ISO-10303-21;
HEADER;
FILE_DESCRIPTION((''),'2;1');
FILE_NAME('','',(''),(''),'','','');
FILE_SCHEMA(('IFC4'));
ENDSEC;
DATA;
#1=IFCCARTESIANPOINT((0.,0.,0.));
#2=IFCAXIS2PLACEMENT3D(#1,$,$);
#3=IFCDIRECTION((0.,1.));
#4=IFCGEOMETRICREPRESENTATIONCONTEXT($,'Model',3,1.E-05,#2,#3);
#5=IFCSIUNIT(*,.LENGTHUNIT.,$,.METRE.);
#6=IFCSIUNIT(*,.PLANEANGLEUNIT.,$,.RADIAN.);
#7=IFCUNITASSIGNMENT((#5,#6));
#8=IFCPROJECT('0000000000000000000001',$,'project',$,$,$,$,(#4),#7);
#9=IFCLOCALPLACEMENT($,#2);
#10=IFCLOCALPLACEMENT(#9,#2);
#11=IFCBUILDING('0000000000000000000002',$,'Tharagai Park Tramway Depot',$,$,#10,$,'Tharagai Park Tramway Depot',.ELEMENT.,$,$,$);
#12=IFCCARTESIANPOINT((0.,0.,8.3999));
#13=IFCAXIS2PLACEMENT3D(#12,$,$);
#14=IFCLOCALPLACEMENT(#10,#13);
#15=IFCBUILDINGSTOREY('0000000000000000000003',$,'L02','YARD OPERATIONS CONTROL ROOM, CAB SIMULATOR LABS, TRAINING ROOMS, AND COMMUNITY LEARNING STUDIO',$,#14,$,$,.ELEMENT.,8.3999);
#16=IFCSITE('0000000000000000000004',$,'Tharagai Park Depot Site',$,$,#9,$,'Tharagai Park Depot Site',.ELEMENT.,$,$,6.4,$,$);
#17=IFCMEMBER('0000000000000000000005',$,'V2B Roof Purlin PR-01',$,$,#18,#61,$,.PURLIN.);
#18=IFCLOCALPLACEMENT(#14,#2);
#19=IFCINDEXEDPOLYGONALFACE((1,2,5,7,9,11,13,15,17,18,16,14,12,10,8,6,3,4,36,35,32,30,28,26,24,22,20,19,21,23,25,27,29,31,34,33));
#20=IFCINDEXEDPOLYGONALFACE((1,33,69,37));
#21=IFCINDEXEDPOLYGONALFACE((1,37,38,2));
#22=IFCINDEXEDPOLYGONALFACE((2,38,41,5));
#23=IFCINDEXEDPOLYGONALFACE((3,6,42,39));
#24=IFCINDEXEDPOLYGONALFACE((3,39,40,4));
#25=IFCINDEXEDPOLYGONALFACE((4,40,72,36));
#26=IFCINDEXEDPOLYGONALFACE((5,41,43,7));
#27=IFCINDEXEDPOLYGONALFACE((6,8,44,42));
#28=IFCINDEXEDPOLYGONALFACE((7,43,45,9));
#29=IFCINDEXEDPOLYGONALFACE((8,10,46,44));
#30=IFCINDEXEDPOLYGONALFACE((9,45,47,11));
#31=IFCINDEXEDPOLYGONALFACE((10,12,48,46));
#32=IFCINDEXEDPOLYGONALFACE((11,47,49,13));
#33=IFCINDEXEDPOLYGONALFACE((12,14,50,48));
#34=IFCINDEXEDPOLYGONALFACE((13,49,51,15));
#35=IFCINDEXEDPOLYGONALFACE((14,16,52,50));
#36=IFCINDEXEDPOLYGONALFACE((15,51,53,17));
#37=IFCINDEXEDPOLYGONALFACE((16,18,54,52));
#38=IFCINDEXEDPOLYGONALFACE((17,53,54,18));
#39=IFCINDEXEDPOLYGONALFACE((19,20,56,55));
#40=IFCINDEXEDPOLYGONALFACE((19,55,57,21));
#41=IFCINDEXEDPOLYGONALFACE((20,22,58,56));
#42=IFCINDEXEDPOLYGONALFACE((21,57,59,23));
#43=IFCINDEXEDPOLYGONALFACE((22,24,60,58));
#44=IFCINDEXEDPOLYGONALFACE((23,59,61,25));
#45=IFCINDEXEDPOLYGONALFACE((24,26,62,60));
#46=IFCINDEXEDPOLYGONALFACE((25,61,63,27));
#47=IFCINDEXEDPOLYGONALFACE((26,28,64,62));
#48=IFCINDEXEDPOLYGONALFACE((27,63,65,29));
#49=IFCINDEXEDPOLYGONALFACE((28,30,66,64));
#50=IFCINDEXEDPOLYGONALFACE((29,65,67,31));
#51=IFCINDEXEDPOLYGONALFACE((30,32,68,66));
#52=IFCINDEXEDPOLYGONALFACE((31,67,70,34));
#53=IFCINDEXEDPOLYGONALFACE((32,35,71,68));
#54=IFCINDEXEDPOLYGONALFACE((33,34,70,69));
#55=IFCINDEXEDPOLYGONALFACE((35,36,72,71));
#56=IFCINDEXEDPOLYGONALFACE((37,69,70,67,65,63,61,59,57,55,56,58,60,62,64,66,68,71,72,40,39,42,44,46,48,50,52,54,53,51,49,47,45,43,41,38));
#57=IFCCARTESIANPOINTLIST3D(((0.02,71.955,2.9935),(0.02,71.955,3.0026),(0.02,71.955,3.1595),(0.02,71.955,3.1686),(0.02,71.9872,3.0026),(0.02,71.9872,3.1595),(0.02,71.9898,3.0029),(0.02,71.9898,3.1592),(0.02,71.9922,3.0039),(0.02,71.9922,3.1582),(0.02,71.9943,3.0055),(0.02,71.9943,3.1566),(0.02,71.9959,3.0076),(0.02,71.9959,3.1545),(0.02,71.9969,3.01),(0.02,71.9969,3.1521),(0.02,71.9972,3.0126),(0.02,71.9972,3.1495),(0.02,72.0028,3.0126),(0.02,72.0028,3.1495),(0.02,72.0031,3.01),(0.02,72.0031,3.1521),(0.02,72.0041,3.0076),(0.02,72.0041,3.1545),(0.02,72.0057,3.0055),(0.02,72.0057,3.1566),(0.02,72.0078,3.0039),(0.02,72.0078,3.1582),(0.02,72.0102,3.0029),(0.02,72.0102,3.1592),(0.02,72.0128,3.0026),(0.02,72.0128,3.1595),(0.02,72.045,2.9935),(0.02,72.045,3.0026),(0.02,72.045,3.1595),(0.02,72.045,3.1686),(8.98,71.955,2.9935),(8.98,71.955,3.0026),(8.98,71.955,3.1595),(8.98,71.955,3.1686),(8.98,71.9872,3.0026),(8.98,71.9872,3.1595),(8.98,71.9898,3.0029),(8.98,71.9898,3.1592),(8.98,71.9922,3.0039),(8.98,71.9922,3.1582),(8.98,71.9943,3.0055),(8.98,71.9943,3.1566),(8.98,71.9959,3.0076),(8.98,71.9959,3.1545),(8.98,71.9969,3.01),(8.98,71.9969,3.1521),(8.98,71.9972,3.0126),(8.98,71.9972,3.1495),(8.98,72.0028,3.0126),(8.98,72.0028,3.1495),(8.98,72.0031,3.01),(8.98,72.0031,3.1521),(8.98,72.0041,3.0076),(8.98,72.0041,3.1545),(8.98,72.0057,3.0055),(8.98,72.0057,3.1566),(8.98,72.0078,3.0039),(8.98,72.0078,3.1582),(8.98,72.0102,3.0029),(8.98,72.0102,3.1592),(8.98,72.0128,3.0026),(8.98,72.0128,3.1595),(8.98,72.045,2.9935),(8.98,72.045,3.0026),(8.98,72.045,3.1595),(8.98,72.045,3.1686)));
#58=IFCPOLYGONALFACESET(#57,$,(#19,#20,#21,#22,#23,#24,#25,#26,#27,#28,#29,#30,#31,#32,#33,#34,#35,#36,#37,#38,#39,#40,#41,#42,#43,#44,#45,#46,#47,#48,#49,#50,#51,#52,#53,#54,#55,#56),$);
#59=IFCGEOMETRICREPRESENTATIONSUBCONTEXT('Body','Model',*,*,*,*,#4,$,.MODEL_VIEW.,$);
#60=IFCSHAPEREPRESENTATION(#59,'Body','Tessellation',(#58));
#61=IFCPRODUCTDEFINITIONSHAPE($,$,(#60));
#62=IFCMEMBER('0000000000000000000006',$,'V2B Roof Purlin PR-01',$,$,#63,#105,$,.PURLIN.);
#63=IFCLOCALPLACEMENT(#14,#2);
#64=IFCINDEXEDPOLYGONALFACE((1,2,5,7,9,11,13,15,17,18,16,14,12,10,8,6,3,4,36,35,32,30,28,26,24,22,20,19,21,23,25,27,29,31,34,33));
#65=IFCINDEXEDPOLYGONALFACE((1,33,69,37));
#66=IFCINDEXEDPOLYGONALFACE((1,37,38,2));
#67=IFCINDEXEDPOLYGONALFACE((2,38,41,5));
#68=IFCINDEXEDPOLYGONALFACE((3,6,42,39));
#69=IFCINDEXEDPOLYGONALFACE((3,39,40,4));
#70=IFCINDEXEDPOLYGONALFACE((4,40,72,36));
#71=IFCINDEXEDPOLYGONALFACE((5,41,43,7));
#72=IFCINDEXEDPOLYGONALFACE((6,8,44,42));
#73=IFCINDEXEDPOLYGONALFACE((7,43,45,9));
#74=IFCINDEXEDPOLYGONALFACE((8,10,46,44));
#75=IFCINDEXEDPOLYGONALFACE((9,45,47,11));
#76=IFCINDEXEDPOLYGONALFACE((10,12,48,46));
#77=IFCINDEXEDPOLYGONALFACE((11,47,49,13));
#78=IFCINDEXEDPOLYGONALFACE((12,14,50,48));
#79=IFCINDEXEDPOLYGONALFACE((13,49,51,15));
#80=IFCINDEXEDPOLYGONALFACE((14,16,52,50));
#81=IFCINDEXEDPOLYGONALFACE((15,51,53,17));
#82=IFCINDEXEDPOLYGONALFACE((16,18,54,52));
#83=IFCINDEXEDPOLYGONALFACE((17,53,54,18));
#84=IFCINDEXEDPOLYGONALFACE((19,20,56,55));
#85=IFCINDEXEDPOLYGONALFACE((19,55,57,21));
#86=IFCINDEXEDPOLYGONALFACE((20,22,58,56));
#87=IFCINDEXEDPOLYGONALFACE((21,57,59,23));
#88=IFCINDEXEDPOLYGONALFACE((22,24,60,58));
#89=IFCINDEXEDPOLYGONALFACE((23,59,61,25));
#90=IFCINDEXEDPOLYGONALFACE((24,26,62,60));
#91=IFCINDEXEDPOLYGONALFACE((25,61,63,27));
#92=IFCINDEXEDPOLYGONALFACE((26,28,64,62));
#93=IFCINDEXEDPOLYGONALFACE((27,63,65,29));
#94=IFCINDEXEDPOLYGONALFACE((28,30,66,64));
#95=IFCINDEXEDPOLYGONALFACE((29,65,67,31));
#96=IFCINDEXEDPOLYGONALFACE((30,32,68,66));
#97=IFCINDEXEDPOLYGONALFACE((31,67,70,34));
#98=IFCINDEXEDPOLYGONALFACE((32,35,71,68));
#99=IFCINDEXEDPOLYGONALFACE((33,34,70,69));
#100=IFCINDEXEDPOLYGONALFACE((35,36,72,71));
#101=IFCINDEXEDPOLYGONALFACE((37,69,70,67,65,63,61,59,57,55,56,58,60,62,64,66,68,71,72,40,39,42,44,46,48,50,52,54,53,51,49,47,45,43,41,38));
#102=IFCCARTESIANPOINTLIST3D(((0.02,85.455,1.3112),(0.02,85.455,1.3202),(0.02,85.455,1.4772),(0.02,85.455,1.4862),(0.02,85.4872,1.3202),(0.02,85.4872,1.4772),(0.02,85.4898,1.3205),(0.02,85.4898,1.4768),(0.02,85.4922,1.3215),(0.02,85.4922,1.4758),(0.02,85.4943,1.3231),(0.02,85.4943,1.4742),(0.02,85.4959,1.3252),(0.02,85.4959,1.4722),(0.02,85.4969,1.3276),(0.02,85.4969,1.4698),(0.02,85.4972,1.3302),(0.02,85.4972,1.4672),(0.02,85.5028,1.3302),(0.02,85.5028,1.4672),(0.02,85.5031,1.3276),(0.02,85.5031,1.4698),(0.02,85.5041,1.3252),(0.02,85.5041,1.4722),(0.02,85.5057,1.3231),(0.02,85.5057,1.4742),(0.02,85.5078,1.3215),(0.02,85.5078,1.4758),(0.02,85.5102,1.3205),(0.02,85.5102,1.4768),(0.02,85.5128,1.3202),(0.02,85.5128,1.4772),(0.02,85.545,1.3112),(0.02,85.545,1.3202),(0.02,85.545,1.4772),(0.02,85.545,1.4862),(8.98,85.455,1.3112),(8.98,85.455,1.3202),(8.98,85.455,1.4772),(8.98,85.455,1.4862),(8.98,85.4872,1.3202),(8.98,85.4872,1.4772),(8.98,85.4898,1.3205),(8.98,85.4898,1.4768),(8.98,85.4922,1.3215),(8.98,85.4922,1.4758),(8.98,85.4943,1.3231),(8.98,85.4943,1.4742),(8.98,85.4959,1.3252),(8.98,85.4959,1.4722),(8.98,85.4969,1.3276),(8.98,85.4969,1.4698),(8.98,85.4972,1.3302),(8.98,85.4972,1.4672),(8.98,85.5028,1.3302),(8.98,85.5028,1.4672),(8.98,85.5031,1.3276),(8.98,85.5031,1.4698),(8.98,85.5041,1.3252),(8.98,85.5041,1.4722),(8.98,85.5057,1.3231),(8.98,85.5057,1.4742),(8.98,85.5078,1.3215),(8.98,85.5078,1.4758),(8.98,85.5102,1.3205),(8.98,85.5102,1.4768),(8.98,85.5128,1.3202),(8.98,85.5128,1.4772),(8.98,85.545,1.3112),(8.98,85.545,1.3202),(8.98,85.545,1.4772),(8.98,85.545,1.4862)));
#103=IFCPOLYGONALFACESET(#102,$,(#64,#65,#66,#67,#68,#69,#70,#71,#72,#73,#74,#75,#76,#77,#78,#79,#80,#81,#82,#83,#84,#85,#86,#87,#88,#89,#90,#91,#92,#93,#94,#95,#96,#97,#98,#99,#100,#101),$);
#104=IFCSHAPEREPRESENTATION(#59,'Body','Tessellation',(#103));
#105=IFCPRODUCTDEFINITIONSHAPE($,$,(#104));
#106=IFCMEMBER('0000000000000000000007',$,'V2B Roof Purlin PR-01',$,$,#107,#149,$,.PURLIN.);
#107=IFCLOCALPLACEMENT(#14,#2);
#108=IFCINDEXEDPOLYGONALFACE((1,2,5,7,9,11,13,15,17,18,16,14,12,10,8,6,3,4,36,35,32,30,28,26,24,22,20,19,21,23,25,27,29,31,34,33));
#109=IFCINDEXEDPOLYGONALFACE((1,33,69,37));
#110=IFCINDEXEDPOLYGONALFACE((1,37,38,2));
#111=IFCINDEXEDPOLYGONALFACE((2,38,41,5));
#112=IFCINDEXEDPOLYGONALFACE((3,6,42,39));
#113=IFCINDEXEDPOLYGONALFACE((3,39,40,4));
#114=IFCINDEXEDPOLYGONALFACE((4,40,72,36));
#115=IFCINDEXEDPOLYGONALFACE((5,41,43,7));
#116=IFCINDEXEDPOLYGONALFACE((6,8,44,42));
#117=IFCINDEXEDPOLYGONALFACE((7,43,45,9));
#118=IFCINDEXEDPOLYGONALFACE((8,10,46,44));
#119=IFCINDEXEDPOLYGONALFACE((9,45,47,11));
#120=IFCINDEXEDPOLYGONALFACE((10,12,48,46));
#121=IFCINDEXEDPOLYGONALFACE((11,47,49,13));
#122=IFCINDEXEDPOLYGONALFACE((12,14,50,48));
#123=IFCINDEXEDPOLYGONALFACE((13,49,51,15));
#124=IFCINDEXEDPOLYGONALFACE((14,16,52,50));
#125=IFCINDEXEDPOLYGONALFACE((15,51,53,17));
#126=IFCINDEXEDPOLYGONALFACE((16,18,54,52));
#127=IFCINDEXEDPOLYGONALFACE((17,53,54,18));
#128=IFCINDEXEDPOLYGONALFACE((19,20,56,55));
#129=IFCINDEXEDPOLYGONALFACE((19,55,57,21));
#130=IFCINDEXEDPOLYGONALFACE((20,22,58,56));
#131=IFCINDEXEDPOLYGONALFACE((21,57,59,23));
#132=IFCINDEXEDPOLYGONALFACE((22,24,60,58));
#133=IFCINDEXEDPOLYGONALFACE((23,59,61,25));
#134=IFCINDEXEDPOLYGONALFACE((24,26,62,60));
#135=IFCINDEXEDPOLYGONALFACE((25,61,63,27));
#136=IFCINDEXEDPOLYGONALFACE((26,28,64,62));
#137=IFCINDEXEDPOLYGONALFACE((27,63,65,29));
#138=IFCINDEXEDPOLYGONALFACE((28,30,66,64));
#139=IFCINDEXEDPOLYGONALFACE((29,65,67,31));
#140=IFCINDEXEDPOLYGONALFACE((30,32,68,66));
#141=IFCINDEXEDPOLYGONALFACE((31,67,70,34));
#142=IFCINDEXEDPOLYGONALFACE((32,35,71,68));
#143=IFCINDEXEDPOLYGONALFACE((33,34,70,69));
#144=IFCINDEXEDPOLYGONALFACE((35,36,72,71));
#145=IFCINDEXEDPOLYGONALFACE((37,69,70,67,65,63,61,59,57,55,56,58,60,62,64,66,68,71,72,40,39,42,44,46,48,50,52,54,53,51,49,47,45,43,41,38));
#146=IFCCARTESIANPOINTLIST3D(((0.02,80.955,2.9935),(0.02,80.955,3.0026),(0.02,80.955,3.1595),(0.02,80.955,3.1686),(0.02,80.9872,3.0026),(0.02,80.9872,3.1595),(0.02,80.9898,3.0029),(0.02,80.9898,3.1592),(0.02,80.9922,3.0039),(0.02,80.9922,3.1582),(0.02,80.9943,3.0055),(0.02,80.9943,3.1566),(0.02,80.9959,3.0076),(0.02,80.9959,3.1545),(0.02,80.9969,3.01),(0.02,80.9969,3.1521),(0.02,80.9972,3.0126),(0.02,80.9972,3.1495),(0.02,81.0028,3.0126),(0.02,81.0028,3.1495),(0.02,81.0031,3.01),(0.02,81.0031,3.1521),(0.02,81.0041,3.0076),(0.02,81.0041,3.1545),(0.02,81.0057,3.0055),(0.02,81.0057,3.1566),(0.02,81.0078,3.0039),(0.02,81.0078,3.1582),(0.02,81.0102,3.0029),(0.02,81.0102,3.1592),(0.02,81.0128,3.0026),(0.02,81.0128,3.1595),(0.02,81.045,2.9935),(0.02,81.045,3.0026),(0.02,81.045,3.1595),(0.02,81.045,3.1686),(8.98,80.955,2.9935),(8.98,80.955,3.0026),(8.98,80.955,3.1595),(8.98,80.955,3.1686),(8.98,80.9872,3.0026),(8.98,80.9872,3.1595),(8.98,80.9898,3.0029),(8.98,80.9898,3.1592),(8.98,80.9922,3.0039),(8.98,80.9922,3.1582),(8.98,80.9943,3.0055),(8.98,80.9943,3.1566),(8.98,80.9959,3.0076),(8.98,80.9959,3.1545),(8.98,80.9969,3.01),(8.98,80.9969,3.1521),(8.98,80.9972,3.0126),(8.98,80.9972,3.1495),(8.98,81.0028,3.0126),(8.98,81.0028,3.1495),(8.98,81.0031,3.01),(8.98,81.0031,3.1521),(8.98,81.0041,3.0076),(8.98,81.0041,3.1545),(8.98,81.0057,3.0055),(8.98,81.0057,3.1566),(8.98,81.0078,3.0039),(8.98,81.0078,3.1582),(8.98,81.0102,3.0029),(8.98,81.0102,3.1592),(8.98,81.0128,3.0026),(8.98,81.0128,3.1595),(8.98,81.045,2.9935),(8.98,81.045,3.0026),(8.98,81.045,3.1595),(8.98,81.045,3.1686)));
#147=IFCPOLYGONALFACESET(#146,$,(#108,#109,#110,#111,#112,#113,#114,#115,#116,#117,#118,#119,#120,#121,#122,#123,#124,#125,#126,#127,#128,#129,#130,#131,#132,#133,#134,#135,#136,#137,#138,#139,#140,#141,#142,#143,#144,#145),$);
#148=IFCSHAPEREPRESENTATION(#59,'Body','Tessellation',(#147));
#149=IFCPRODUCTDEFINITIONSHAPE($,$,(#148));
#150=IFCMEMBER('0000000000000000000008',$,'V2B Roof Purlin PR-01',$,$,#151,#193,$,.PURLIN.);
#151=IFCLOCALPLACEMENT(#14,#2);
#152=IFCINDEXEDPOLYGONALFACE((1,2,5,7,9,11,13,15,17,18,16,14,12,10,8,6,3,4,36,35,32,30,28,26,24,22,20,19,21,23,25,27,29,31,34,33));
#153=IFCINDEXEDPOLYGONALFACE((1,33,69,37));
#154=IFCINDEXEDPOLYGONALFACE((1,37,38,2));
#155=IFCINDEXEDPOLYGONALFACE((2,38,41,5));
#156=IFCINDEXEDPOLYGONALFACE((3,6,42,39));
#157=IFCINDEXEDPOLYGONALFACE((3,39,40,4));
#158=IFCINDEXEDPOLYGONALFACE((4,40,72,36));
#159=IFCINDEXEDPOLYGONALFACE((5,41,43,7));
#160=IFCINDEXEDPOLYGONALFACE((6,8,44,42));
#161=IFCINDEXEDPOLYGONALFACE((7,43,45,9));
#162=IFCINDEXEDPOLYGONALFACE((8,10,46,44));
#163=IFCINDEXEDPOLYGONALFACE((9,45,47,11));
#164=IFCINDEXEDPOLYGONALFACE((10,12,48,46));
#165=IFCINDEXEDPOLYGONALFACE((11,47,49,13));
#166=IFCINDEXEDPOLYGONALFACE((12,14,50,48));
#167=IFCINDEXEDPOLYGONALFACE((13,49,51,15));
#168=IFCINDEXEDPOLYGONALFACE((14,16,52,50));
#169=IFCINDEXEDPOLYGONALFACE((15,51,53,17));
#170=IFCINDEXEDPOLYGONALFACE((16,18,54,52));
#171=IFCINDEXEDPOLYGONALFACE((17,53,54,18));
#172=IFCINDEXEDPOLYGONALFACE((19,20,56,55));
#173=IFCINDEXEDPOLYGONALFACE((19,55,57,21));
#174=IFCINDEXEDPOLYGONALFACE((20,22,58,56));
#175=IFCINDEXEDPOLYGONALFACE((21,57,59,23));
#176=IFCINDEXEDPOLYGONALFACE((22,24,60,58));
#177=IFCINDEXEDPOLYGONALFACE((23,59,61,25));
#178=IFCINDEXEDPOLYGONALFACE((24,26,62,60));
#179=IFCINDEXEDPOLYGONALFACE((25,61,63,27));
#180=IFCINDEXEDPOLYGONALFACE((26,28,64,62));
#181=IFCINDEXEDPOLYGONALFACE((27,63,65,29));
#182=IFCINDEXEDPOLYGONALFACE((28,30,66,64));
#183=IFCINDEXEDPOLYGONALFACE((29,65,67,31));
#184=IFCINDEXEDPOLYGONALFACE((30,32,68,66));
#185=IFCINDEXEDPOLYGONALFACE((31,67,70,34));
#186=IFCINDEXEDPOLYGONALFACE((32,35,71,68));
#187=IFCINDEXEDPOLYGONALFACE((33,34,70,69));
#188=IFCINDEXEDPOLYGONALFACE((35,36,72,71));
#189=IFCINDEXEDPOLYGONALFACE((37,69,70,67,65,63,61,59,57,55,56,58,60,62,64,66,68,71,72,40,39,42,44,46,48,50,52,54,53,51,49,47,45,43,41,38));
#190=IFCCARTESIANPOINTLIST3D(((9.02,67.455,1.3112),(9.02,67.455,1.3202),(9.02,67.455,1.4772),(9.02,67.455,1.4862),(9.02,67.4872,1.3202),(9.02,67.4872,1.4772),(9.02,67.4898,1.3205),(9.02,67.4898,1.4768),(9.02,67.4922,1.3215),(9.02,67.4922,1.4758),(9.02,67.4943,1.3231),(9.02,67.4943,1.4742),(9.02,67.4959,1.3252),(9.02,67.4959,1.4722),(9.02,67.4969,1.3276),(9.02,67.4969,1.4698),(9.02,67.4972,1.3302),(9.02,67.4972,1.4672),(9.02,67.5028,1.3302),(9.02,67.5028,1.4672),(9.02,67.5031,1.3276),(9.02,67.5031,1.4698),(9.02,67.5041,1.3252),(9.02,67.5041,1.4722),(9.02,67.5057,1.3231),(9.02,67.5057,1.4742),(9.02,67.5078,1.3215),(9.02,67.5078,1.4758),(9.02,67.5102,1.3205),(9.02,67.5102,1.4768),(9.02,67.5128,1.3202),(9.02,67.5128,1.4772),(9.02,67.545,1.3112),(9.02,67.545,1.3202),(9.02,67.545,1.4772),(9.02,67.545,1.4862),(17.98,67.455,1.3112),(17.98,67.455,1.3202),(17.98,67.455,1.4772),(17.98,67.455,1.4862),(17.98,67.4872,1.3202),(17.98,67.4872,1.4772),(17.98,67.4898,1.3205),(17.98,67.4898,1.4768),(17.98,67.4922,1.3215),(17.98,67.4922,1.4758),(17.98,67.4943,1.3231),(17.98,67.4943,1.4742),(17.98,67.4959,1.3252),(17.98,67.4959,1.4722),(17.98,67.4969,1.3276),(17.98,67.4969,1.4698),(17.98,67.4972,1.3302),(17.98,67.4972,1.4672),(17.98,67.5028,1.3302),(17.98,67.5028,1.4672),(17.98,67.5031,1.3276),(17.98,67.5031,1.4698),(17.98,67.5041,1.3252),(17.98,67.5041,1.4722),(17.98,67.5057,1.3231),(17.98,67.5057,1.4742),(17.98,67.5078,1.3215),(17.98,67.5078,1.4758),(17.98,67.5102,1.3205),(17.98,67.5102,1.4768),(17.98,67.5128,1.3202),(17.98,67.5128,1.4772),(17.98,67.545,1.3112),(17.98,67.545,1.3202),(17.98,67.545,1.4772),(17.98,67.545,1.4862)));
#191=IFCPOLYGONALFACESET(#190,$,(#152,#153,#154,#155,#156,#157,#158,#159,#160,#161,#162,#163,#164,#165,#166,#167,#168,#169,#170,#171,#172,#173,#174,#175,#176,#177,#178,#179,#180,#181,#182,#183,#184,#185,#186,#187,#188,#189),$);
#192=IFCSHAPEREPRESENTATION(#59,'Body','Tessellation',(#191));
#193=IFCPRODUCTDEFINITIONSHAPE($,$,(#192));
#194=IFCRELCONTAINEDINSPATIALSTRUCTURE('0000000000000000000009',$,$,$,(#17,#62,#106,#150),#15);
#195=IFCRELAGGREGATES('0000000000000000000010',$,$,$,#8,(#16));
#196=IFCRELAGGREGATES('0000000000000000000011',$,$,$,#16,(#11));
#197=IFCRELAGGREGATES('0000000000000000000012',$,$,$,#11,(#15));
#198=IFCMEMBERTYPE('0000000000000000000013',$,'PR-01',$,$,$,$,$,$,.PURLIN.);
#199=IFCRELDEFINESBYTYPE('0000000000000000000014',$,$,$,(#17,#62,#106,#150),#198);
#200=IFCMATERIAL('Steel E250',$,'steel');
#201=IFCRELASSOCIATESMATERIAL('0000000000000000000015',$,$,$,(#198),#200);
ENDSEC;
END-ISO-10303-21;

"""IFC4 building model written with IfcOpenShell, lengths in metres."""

from ifc_helpers import new_model, si_unit, direction, frame, origin, origin_2d, place, context, subcontext, project, spatial, i_section, extrude, material, material_profile, profile_set, type_object, element, save


model = new_model("IFC4")

# Units and contexts
model_context = context("Model", 3, precision=1e-05, world=origin(), true_north=direction((0.0, 1.0)))
body_context = subcontext(model_context, "Body", "Model", "MODEL_VIEW")
ifc_project = project(units=[si_unit("LENGTHUNIT", "METRE"), si_unit("PLANEANGLEUNIT", "RADIAN")], contexts=[model_context])

# Site, building, storey
site_placement = place(None, origin())
site = spatial("IfcSite", under=ifc_project, at=site_placement, Name="Tharagai Park Depot Site", LongName="Tharagai Park Depot Site", CompositionType="ELEMENT", RefElevation=6.4)
building_placement = place(site_placement, origin())
building = spatial("IfcBuilding", under=site, at=building_placement, Name="Tharagai Park Tramway Depot", LongName="Tharagai Park Tramway Depot", CompositionType="ELEMENT")
storey_placement = place(building_placement, frame((0.0, 0.0, 8.3999)))
storey = spatial("IfcBuildingStorey", under=building, at=storey_placement, Name="L02", Description="YARD OPERATIONS CONTROL ROOM, CAB SIMULATOR LABS, TRAINING ROOMS, AND COMMUNITY LEARNING STUDIO", CompositionType="ELEMENT", Elevation=8.3999)

# Members
ifc_material_1 = material(Name="Steel E250", Category="steel")
ifc_material_profile_1 = material_profile(ifc_material_1, i_section(OverallWidth=0.0901, OverallDepth=0.175, WebThickness=0.0056, FlangeThickness=0.009, FilletRadius=0.01, at=origin_2d()), Name="ISMB 175")
ifc_profile_set_1 = profile_set([ifc_material_profile_1], Name="Steel E250")
member_type_1 = type_object("IfcMemberType", Name="PR-01", PredefinedType="PURLIN", material=ifc_profile_set_1)
for number, where, z_axis, x_axis, name in (
    (1, (0.02, 72.0, 3.0811), (1.0, 0.0, 0.0), (0.0, 1.0, 0.0), "V2B Roof Purlin PR-01"),
    (2, (0.02, 85.5, 1.3987), (1.0, 0.0, 0.0), (0.0, 1.0, 0.0), "V2B Roof Purlin PR-01"),
    (3, (0.02, 81.0, 3.0811), (1.0, 0.0, 0.0), (0.0, 1.0, 0.0), "V2B Roof Purlin PR-01"),
    (4, (9.02, 67.5, 1.3987), (1.0, 0.0, 0.0), (0.0, 1.0, 0.0), "V2B Roof Purlin PR-01"),
):
    element("IfcMember", number, at=place(storey_placement, frame(where, z_axis=z_axis, x_axis=x_axis)), inside=storey, type_object=member_type_1, Name=name, PredefinedType="PURLIN", context=body_context, shape_type="SweptSolid", body=[
        extrude(i_section(OverallWidth=0.0901, OverallDepth=0.175, WebThickness=0.0056, FlangeThickness=0.009, FilletRadius=0.01, at=origin_2d()), origin(), (0.0, 0.0, 1.0), 8.96),
    ])

save(model, "model.ifc")
